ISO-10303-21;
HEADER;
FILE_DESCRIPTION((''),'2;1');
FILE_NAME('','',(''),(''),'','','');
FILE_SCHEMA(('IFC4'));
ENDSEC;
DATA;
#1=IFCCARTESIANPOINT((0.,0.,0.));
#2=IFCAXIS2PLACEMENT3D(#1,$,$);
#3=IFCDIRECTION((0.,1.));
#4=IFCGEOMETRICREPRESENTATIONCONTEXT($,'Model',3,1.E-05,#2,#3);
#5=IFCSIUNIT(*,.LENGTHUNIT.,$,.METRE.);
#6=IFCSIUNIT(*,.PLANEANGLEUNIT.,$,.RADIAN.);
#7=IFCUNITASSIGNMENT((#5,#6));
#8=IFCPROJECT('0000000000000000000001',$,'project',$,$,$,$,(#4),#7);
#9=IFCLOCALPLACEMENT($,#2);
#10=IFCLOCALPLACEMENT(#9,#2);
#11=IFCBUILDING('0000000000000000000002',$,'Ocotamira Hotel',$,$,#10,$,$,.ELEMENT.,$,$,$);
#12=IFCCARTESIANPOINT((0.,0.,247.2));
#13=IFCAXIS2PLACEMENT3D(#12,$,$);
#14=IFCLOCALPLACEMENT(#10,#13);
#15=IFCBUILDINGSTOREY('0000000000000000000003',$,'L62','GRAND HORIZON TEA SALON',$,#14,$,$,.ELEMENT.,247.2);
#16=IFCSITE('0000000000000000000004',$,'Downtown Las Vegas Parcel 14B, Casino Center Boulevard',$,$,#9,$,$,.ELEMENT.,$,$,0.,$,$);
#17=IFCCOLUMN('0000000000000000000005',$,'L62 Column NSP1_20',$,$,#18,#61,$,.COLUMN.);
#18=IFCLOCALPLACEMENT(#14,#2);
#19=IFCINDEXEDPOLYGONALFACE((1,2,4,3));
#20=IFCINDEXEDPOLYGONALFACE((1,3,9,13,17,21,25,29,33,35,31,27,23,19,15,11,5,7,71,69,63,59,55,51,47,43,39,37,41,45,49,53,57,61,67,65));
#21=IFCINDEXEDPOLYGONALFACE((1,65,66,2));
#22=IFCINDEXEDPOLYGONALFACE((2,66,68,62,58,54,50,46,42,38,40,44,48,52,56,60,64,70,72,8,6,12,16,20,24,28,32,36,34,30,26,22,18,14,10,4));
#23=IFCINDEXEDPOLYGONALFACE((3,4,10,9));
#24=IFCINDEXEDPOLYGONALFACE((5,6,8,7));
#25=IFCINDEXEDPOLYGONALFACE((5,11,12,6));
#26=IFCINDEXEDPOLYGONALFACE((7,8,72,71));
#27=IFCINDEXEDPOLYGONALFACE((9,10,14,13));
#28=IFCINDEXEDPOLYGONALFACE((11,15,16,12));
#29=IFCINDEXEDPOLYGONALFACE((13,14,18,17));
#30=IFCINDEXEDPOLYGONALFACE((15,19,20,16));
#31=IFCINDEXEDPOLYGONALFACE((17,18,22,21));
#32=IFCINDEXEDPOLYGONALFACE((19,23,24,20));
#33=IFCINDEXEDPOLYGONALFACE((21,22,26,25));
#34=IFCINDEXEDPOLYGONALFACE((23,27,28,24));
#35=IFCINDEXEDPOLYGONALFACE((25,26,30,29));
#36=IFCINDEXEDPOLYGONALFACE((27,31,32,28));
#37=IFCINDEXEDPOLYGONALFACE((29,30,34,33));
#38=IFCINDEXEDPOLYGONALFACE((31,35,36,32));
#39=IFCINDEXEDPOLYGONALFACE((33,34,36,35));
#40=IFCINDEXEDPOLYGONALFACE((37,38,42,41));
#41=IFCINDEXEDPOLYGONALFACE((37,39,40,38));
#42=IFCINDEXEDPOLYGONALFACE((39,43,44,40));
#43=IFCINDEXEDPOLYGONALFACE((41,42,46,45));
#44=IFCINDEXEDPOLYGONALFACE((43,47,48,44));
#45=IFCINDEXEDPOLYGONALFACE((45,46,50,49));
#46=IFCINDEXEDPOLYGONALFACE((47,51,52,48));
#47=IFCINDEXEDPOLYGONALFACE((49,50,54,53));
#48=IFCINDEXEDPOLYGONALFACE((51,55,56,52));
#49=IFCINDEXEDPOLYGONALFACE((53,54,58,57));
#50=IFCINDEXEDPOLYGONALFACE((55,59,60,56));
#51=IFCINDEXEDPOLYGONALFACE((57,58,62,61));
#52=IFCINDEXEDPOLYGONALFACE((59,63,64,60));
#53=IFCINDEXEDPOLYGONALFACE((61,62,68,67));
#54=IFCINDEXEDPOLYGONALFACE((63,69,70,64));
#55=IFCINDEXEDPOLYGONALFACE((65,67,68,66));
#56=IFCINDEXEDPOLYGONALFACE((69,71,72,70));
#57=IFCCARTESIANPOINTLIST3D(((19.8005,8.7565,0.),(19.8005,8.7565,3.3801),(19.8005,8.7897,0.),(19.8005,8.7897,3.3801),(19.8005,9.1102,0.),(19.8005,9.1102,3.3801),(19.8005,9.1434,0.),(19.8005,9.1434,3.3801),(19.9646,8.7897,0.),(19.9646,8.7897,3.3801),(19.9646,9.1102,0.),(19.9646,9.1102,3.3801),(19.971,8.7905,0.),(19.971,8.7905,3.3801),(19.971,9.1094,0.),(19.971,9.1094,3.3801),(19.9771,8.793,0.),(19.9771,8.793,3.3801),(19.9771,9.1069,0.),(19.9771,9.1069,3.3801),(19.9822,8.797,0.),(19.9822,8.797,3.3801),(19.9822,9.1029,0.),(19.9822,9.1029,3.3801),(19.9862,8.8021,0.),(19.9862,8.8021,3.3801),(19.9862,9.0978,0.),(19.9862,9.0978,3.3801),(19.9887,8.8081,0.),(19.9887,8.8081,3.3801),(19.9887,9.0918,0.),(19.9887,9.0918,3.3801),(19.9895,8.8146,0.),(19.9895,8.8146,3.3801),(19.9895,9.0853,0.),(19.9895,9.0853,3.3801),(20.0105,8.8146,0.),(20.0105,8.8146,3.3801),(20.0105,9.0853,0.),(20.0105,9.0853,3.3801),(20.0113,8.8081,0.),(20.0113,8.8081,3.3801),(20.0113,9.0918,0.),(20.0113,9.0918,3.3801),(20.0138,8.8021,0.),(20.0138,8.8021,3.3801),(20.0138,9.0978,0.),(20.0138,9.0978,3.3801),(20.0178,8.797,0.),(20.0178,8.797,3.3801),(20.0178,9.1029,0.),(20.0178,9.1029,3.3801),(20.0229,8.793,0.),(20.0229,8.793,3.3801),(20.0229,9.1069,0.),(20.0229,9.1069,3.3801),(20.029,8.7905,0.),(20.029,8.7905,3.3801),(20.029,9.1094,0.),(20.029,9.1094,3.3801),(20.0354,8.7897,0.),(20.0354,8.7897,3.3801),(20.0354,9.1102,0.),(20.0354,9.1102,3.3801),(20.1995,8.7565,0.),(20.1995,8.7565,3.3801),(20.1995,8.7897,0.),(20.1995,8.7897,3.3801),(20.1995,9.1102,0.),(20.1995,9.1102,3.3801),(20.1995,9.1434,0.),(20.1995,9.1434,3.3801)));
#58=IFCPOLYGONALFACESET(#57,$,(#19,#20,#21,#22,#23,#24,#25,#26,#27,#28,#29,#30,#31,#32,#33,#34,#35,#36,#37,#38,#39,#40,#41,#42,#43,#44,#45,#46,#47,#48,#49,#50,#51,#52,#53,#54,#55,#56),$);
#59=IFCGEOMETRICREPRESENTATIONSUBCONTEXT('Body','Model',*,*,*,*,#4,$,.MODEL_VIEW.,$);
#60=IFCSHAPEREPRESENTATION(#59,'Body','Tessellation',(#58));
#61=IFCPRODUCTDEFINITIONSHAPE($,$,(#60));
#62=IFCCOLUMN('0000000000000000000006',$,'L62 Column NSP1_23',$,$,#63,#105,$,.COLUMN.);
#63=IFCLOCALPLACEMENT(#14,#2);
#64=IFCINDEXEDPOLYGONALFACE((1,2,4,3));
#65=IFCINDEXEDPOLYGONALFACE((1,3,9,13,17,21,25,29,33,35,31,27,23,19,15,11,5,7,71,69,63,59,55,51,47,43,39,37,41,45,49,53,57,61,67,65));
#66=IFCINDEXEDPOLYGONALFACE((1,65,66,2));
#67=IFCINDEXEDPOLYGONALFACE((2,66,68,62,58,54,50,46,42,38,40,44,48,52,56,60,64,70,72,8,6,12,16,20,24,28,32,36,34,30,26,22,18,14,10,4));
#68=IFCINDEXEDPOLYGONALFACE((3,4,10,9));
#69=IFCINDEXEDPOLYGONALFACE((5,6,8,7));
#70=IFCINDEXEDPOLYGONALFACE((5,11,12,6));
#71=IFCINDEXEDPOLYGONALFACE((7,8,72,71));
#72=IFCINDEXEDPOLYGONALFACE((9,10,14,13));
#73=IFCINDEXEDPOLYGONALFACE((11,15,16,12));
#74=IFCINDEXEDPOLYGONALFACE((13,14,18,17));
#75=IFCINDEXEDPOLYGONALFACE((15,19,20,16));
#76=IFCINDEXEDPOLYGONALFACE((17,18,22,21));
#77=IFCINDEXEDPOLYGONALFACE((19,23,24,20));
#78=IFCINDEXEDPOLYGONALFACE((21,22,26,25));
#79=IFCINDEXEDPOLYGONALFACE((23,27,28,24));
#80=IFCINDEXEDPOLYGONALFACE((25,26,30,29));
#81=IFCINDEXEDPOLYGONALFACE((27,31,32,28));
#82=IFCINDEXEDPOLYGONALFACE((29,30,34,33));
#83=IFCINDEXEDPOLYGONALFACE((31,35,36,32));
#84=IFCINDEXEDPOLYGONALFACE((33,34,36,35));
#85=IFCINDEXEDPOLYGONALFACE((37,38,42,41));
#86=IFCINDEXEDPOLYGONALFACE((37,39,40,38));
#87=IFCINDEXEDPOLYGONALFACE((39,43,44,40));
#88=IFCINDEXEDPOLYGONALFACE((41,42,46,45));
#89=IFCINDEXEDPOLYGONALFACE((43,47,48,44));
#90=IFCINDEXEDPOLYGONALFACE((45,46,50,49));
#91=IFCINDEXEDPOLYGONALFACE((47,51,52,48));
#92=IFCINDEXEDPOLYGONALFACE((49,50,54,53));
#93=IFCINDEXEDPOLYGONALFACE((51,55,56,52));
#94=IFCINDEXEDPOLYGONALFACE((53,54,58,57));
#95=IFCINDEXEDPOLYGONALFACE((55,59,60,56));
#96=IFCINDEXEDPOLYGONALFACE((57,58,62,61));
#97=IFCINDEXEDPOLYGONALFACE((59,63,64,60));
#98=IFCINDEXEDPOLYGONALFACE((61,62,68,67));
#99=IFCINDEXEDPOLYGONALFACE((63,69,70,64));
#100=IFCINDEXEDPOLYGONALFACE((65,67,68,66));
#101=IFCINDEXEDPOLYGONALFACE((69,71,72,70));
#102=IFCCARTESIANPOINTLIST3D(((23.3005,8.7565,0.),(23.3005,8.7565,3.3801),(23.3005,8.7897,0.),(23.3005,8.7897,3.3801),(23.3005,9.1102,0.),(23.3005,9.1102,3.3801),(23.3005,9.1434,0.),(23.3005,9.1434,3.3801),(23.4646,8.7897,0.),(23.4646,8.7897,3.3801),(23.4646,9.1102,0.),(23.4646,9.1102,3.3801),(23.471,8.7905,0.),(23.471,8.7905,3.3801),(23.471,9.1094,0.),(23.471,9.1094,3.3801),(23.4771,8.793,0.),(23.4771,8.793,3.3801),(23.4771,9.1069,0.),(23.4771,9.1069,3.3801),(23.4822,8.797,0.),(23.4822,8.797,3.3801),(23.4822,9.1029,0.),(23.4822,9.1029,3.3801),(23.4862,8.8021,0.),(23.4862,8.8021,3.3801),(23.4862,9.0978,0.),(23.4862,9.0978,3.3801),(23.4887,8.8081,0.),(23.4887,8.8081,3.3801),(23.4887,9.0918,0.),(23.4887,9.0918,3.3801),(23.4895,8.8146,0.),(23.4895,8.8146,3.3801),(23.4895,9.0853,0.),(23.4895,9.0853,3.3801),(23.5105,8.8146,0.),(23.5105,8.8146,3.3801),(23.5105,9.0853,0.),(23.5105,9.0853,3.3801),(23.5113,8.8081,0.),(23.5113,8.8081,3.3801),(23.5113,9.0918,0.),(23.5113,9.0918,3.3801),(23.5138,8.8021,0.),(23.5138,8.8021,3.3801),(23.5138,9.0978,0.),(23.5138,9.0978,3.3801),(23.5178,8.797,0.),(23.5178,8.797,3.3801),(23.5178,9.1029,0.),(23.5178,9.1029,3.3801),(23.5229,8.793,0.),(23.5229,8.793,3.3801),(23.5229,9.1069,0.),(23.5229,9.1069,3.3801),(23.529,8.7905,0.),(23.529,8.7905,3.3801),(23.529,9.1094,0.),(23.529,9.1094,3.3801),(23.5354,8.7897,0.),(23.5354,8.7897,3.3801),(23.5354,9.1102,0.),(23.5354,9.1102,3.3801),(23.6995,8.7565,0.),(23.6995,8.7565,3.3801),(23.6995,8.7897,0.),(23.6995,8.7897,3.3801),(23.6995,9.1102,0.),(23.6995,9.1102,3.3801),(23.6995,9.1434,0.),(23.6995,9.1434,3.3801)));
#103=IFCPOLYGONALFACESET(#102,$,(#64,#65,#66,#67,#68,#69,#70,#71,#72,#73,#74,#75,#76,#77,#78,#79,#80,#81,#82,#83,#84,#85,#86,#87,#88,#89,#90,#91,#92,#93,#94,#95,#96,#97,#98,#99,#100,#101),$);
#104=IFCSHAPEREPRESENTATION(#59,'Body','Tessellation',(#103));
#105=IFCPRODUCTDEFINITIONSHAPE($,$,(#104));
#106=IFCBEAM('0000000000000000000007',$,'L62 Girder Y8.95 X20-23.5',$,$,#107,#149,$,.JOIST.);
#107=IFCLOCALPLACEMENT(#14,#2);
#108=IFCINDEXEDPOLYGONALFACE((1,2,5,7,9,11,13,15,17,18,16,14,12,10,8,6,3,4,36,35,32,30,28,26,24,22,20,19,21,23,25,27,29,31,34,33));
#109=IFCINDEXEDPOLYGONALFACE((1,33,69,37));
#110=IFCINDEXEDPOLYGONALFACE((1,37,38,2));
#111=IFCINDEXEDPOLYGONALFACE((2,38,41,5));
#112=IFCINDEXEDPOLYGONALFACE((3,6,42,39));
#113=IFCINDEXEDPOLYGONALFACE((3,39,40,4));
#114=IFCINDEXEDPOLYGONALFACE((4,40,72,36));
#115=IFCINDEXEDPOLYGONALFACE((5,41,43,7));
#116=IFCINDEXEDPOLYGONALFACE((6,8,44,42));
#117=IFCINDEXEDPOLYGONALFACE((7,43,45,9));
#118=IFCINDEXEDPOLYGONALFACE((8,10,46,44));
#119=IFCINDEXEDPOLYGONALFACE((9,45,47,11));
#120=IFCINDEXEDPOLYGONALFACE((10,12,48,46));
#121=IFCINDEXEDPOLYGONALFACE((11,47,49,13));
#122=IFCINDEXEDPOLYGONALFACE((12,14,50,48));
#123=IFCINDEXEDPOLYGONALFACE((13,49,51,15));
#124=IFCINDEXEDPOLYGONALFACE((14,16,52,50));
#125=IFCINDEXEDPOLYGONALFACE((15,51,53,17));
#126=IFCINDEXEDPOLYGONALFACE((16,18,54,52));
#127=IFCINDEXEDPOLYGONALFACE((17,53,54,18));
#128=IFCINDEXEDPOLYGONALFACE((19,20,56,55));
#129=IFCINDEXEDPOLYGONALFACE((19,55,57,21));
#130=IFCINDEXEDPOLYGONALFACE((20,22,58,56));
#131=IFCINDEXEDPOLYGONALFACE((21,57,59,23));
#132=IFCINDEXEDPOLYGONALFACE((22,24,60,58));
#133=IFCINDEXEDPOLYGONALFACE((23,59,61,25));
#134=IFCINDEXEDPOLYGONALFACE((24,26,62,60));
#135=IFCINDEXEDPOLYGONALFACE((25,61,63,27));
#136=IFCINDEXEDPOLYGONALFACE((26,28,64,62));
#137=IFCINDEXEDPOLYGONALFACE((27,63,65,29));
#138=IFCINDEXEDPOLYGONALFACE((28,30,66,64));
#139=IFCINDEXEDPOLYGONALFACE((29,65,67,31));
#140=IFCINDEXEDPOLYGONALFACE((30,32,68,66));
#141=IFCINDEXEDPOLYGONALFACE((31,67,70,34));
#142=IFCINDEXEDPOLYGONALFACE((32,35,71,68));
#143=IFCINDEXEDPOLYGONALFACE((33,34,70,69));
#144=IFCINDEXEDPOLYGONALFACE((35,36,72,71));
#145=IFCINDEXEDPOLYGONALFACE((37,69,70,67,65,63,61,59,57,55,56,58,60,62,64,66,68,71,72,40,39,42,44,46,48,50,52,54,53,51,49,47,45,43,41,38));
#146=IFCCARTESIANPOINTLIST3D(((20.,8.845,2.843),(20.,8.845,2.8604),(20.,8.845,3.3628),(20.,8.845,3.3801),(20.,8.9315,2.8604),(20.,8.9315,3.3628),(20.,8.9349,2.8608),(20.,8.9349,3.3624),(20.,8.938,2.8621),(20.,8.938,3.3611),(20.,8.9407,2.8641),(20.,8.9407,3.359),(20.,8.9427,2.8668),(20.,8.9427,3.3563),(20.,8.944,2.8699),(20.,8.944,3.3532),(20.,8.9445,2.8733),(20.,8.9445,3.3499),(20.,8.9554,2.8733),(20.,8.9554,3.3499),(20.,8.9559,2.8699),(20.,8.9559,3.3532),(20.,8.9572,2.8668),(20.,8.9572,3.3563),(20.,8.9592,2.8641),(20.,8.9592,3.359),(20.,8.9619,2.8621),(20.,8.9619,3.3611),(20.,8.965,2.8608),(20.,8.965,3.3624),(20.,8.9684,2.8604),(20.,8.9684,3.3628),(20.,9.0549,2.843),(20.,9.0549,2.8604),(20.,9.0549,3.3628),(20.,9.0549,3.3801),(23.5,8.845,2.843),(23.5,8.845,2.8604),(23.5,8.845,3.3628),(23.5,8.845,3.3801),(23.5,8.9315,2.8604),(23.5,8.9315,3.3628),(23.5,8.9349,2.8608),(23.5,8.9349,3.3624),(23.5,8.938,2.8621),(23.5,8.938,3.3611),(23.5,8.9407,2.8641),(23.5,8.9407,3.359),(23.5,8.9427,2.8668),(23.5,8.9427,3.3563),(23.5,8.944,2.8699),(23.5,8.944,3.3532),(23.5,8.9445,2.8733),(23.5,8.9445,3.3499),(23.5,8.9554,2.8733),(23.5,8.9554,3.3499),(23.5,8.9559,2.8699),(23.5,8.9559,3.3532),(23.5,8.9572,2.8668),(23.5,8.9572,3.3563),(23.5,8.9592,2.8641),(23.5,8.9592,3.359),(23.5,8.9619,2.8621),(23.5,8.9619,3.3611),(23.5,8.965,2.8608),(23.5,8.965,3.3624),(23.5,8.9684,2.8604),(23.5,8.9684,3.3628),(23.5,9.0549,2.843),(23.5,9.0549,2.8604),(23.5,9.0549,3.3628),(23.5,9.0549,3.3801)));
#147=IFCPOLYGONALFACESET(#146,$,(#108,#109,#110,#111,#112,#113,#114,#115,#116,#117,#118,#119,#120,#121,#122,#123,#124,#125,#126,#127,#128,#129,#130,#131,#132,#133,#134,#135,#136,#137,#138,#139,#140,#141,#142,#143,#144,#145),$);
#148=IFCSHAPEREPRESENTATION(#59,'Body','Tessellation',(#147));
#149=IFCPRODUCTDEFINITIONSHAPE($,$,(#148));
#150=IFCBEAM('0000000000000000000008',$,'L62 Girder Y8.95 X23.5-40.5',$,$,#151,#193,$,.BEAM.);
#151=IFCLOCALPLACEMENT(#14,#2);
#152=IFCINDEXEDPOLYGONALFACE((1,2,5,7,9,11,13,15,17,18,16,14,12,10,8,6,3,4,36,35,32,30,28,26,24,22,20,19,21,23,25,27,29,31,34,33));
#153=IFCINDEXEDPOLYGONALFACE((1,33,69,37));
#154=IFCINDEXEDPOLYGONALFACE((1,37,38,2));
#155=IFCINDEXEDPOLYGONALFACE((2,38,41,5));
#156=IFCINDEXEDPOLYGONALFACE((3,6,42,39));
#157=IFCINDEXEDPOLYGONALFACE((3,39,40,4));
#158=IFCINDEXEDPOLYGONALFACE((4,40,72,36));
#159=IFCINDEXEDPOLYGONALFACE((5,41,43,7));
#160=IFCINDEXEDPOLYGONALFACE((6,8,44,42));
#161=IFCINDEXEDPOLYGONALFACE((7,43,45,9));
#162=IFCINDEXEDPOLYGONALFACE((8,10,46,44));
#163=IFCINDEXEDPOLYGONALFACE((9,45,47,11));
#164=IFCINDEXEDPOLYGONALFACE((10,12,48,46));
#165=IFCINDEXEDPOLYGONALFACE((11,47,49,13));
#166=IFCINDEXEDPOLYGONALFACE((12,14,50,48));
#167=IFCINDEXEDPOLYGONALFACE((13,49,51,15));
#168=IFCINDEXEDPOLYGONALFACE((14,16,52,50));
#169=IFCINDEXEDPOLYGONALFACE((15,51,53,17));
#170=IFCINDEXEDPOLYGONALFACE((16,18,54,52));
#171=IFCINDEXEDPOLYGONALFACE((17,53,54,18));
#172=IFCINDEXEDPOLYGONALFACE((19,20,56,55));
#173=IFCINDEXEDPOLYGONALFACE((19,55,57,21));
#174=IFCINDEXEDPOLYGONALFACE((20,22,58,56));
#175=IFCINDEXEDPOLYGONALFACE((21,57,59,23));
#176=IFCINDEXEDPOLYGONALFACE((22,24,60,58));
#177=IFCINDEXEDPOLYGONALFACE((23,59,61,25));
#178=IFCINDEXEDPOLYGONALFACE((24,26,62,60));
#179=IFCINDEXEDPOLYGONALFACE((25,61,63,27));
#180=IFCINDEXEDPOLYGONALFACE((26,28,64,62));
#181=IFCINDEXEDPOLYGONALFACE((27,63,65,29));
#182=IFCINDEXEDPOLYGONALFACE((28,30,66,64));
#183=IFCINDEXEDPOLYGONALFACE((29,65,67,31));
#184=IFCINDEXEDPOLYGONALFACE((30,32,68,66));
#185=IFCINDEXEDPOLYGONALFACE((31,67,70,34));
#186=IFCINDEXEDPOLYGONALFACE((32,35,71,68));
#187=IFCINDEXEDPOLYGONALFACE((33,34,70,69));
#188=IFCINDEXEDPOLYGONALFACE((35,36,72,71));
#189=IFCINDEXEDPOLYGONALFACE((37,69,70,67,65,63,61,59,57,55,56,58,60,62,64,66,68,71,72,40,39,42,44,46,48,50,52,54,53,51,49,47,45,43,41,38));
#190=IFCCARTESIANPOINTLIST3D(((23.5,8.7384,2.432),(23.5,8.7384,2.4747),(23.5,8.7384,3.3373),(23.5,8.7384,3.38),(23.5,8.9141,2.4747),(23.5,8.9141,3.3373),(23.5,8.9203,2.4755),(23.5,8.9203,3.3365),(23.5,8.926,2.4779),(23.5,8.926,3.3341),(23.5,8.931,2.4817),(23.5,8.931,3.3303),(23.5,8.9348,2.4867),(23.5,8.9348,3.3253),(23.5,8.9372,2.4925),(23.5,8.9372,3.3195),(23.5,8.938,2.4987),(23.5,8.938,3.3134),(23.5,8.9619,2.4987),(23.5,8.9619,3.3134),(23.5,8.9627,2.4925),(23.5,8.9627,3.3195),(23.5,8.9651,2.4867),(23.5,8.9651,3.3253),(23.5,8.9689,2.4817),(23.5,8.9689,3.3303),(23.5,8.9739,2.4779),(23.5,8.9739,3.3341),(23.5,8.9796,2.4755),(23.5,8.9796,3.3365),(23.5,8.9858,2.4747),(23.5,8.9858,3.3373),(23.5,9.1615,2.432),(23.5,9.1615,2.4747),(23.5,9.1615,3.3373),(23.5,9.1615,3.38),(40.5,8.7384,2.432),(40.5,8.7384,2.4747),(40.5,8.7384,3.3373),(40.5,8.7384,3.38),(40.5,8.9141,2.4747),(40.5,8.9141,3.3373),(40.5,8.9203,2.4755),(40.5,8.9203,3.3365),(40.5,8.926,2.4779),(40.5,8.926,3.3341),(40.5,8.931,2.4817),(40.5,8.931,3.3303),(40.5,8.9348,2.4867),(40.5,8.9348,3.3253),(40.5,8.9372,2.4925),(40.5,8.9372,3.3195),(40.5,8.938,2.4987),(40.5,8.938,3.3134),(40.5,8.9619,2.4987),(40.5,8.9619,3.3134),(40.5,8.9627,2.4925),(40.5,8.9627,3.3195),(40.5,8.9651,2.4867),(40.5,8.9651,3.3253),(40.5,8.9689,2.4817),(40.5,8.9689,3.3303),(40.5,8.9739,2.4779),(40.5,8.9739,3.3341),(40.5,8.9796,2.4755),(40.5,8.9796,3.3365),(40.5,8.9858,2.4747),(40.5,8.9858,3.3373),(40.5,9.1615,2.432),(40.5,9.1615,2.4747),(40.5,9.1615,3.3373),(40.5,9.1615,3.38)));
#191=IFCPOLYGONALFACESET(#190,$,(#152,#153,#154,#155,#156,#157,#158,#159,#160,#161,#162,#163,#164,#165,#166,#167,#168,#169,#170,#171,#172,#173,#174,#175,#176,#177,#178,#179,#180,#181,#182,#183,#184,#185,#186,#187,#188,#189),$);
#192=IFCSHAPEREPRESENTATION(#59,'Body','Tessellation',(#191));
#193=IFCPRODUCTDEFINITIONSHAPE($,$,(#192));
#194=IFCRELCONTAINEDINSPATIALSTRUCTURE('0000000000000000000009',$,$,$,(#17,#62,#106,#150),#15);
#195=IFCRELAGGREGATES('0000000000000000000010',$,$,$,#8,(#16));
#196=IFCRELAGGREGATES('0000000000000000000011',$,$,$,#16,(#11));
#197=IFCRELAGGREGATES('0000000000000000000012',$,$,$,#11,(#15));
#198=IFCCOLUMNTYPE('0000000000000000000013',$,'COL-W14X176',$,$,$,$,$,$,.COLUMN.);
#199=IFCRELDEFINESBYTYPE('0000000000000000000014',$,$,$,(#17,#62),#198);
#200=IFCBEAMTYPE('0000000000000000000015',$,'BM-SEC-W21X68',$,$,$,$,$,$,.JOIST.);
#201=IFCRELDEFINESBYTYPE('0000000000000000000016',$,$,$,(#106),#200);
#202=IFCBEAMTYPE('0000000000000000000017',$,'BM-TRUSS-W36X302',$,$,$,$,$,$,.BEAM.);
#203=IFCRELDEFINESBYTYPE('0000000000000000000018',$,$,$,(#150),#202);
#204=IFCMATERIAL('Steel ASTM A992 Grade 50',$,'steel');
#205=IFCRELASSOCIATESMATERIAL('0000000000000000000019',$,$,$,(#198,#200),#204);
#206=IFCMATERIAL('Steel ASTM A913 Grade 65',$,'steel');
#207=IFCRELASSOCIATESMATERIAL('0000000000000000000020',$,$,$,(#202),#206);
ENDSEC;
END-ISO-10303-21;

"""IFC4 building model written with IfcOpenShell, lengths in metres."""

from ifc_helpers import new_model, si_unit, direction, frame, origin, origin_2d, place, context, subcontext, project, spatial, i_section, extrude, source, transform, mapped, material, material_profile, profile_set, type_object, element, save


model = new_model("IFC4")

# Units and contexts
model_context = context("Model", 3, precision=1e-05, world=origin(), true_north=direction((0.0, 1.0)))
body_context = subcontext(model_context, "Body", "Model", "MODEL_VIEW")
ifc_project = project(units=[si_unit("LENGTHUNIT", "METRE"), si_unit("PLANEANGLEUNIT", "RADIAN")], contexts=[model_context])

# Site, building, storey
site_placement = place(None, origin())
site = spatial("IfcSite", under=ifc_project, at=site_placement, Name="Downtown Las Vegas Parcel 14B, Casino Center Boulevard", CompositionType="ELEMENT", RefElevation=0.0)
building_placement = place(site_placement, origin())
building = spatial("IfcBuilding", under=site, at=building_placement, Name="Ocotamira Hotel", CompositionType="ELEMENT")
storey_placement = place(building_placement, frame((0.0, 0.0, 247.2)))
storey = spatial("IfcBuildingStorey", under=building, at=storey_placement, Name="L62", Description="GRAND HORIZON TEA SALON", CompositionType="ELEMENT", Elevation=247.2)

# Columns
ifc_material_1 = material(Name="Steel ASTM A992 Grade 50", Category="steel")
ifc_material_profile_1 = material_profile(ifc_material_1, i_section(OverallWidth=0.3989, OverallDepth=0.387, WebThickness=0.021, FlangeThickness=0.0332, FilletRadius=0.0249, at=origin_2d()), Name="W14X176")
ifc_profile_set_1 = profile_set([ifc_material_profile_1], Name="Steel ASTM A992 Grade 50")
column_type = type_object("IfcColumnType", Name="COL-W14X176", PredefinedType="COLUMN", material=ifc_profile_set_1)
shared_shape_1 = source(origin(), body_context, "Body", "SweptSolid", [
    extrude(i_section(OverallWidth=0.3989, OverallDepth=0.387, WebThickness=0.021, FlangeThickness=0.0332, FilletRadius=0.0249, at=origin_2d()), origin(), (0.0, 0.0, 1.0), 3.3801),
])
for number, where, z_axis, x_axis, name in (
    (1, (20.0, 8.95, 0.0), (0.0, 0.0, 1.0), (1.0, 0.0, 0.0), "L62 Column NSP1_20"),
    (2, (23.5, 8.95, 0.0), (0.0, 0.0, 1.0), (1.0, 0.0, 0.0), "L62 Column NSP1_23"),
):
    element("IfcColumn", number, at=place(storey_placement, frame(where, z_axis=z_axis, x_axis=x_axis)), inside=storey, type_object=column_type, Name=name, PredefinedType="COLUMN", context=body_context, shape_type="MappedRepresentation", body=[
        mapped(shared_shape_1, transform((0.0, 0.0, 0.0), scale=1.0)),
    ])

# Beams
ifc_material_profile_2 = material_profile(ifc_material_1, i_section(OverallWidth=0.21, OverallDepth=0.5371, WebThickness=0.011, FlangeThickness=0.0173, FilletRadius=0.0129, at=origin_2d()), Name="W21X68")
ifc_profile_set_2 = profile_set([ifc_material_profile_2], Name="Steel ASTM A992 Grade 50")
beam_type_1 = type_object("IfcBeamType", Name="BM-SEC-W21X68", PredefinedType="JOIST", material=ifc_profile_set_2)
shared_shape_2 = source(origin(), body_context, "Body", "SweptSolid", [
    extrude(i_section(OverallWidth=0.21, OverallDepth=0.5371, WebThickness=0.011, FlangeThickness=0.0173, FilletRadius=0.0129, at=origin_2d()), origin(), (0.0, 0.0, 1.0), 3.5),
])
beam_1_placement = place(storey_placement, frame((20.0, 8.95, 3.1116), z_axis=(1.0, 0.0, 0.0), x_axis=(0.0, 1.0, 0.0)))
element("IfcBeam", 3, at=beam_1_placement, inside=storey, type_object=beam_type_1, Name="L62 Girder Y8.95 X20-23.5", PredefinedType="JOIST", context=body_context, shape_type="MappedRepresentation", body=[
    mapped(shared_shape_2, transform((0.0, 0.0, 0.0), scale=1.0)),
])
ifc_material_2 = material(Name="Steel ASTM A913 Grade 65", Category="steel")
ifc_material_profile_3 = material_profile(ifc_material_2, i_section(OverallWidth=0.4231, OverallDepth=0.948, WebThickness=0.0239, FlangeThickness=0.0427, FilletRadius=0.0239, at=origin_2d()), Name="W36X302")
ifc_profile_set_3 = profile_set([ifc_material_profile_3], Name="Steel ASTM A913 Grade 65")
beam_type_2 = type_object("IfcBeamType", Name="BM-TRUSS-W36X302", PredefinedType="BEAM", material=ifc_profile_set_3)
shared_shape_3 = source(origin(), body_context, "Body", "SweptSolid", [
    extrude(i_section(OverallWidth=0.4231, OverallDepth=0.948, WebThickness=0.0239, FlangeThickness=0.0427, FilletRadius=0.0239, at=origin_2d()), origin(), (0.0, 0.0, 1.0), 17.0),
])
beam_2_placement = place(storey_placement, frame((23.5, 8.95, 2.906), z_axis=(1.0, 0.0, 0.0), x_axis=(0.0, 1.0, 0.0)))
element("IfcBeam", 4, at=beam_2_placement, inside=storey, type_object=beam_type_2, Name="L62 Girder Y8.95 X23.5-40.5", PredefinedType="BEAM", context=body_context, shape_type="MappedRepresentation", body=[
    mapped(shared_shape_3, transform((0.0, 0.0, 0.0), scale=1.0)),
])

save(model, "model.ifc")
